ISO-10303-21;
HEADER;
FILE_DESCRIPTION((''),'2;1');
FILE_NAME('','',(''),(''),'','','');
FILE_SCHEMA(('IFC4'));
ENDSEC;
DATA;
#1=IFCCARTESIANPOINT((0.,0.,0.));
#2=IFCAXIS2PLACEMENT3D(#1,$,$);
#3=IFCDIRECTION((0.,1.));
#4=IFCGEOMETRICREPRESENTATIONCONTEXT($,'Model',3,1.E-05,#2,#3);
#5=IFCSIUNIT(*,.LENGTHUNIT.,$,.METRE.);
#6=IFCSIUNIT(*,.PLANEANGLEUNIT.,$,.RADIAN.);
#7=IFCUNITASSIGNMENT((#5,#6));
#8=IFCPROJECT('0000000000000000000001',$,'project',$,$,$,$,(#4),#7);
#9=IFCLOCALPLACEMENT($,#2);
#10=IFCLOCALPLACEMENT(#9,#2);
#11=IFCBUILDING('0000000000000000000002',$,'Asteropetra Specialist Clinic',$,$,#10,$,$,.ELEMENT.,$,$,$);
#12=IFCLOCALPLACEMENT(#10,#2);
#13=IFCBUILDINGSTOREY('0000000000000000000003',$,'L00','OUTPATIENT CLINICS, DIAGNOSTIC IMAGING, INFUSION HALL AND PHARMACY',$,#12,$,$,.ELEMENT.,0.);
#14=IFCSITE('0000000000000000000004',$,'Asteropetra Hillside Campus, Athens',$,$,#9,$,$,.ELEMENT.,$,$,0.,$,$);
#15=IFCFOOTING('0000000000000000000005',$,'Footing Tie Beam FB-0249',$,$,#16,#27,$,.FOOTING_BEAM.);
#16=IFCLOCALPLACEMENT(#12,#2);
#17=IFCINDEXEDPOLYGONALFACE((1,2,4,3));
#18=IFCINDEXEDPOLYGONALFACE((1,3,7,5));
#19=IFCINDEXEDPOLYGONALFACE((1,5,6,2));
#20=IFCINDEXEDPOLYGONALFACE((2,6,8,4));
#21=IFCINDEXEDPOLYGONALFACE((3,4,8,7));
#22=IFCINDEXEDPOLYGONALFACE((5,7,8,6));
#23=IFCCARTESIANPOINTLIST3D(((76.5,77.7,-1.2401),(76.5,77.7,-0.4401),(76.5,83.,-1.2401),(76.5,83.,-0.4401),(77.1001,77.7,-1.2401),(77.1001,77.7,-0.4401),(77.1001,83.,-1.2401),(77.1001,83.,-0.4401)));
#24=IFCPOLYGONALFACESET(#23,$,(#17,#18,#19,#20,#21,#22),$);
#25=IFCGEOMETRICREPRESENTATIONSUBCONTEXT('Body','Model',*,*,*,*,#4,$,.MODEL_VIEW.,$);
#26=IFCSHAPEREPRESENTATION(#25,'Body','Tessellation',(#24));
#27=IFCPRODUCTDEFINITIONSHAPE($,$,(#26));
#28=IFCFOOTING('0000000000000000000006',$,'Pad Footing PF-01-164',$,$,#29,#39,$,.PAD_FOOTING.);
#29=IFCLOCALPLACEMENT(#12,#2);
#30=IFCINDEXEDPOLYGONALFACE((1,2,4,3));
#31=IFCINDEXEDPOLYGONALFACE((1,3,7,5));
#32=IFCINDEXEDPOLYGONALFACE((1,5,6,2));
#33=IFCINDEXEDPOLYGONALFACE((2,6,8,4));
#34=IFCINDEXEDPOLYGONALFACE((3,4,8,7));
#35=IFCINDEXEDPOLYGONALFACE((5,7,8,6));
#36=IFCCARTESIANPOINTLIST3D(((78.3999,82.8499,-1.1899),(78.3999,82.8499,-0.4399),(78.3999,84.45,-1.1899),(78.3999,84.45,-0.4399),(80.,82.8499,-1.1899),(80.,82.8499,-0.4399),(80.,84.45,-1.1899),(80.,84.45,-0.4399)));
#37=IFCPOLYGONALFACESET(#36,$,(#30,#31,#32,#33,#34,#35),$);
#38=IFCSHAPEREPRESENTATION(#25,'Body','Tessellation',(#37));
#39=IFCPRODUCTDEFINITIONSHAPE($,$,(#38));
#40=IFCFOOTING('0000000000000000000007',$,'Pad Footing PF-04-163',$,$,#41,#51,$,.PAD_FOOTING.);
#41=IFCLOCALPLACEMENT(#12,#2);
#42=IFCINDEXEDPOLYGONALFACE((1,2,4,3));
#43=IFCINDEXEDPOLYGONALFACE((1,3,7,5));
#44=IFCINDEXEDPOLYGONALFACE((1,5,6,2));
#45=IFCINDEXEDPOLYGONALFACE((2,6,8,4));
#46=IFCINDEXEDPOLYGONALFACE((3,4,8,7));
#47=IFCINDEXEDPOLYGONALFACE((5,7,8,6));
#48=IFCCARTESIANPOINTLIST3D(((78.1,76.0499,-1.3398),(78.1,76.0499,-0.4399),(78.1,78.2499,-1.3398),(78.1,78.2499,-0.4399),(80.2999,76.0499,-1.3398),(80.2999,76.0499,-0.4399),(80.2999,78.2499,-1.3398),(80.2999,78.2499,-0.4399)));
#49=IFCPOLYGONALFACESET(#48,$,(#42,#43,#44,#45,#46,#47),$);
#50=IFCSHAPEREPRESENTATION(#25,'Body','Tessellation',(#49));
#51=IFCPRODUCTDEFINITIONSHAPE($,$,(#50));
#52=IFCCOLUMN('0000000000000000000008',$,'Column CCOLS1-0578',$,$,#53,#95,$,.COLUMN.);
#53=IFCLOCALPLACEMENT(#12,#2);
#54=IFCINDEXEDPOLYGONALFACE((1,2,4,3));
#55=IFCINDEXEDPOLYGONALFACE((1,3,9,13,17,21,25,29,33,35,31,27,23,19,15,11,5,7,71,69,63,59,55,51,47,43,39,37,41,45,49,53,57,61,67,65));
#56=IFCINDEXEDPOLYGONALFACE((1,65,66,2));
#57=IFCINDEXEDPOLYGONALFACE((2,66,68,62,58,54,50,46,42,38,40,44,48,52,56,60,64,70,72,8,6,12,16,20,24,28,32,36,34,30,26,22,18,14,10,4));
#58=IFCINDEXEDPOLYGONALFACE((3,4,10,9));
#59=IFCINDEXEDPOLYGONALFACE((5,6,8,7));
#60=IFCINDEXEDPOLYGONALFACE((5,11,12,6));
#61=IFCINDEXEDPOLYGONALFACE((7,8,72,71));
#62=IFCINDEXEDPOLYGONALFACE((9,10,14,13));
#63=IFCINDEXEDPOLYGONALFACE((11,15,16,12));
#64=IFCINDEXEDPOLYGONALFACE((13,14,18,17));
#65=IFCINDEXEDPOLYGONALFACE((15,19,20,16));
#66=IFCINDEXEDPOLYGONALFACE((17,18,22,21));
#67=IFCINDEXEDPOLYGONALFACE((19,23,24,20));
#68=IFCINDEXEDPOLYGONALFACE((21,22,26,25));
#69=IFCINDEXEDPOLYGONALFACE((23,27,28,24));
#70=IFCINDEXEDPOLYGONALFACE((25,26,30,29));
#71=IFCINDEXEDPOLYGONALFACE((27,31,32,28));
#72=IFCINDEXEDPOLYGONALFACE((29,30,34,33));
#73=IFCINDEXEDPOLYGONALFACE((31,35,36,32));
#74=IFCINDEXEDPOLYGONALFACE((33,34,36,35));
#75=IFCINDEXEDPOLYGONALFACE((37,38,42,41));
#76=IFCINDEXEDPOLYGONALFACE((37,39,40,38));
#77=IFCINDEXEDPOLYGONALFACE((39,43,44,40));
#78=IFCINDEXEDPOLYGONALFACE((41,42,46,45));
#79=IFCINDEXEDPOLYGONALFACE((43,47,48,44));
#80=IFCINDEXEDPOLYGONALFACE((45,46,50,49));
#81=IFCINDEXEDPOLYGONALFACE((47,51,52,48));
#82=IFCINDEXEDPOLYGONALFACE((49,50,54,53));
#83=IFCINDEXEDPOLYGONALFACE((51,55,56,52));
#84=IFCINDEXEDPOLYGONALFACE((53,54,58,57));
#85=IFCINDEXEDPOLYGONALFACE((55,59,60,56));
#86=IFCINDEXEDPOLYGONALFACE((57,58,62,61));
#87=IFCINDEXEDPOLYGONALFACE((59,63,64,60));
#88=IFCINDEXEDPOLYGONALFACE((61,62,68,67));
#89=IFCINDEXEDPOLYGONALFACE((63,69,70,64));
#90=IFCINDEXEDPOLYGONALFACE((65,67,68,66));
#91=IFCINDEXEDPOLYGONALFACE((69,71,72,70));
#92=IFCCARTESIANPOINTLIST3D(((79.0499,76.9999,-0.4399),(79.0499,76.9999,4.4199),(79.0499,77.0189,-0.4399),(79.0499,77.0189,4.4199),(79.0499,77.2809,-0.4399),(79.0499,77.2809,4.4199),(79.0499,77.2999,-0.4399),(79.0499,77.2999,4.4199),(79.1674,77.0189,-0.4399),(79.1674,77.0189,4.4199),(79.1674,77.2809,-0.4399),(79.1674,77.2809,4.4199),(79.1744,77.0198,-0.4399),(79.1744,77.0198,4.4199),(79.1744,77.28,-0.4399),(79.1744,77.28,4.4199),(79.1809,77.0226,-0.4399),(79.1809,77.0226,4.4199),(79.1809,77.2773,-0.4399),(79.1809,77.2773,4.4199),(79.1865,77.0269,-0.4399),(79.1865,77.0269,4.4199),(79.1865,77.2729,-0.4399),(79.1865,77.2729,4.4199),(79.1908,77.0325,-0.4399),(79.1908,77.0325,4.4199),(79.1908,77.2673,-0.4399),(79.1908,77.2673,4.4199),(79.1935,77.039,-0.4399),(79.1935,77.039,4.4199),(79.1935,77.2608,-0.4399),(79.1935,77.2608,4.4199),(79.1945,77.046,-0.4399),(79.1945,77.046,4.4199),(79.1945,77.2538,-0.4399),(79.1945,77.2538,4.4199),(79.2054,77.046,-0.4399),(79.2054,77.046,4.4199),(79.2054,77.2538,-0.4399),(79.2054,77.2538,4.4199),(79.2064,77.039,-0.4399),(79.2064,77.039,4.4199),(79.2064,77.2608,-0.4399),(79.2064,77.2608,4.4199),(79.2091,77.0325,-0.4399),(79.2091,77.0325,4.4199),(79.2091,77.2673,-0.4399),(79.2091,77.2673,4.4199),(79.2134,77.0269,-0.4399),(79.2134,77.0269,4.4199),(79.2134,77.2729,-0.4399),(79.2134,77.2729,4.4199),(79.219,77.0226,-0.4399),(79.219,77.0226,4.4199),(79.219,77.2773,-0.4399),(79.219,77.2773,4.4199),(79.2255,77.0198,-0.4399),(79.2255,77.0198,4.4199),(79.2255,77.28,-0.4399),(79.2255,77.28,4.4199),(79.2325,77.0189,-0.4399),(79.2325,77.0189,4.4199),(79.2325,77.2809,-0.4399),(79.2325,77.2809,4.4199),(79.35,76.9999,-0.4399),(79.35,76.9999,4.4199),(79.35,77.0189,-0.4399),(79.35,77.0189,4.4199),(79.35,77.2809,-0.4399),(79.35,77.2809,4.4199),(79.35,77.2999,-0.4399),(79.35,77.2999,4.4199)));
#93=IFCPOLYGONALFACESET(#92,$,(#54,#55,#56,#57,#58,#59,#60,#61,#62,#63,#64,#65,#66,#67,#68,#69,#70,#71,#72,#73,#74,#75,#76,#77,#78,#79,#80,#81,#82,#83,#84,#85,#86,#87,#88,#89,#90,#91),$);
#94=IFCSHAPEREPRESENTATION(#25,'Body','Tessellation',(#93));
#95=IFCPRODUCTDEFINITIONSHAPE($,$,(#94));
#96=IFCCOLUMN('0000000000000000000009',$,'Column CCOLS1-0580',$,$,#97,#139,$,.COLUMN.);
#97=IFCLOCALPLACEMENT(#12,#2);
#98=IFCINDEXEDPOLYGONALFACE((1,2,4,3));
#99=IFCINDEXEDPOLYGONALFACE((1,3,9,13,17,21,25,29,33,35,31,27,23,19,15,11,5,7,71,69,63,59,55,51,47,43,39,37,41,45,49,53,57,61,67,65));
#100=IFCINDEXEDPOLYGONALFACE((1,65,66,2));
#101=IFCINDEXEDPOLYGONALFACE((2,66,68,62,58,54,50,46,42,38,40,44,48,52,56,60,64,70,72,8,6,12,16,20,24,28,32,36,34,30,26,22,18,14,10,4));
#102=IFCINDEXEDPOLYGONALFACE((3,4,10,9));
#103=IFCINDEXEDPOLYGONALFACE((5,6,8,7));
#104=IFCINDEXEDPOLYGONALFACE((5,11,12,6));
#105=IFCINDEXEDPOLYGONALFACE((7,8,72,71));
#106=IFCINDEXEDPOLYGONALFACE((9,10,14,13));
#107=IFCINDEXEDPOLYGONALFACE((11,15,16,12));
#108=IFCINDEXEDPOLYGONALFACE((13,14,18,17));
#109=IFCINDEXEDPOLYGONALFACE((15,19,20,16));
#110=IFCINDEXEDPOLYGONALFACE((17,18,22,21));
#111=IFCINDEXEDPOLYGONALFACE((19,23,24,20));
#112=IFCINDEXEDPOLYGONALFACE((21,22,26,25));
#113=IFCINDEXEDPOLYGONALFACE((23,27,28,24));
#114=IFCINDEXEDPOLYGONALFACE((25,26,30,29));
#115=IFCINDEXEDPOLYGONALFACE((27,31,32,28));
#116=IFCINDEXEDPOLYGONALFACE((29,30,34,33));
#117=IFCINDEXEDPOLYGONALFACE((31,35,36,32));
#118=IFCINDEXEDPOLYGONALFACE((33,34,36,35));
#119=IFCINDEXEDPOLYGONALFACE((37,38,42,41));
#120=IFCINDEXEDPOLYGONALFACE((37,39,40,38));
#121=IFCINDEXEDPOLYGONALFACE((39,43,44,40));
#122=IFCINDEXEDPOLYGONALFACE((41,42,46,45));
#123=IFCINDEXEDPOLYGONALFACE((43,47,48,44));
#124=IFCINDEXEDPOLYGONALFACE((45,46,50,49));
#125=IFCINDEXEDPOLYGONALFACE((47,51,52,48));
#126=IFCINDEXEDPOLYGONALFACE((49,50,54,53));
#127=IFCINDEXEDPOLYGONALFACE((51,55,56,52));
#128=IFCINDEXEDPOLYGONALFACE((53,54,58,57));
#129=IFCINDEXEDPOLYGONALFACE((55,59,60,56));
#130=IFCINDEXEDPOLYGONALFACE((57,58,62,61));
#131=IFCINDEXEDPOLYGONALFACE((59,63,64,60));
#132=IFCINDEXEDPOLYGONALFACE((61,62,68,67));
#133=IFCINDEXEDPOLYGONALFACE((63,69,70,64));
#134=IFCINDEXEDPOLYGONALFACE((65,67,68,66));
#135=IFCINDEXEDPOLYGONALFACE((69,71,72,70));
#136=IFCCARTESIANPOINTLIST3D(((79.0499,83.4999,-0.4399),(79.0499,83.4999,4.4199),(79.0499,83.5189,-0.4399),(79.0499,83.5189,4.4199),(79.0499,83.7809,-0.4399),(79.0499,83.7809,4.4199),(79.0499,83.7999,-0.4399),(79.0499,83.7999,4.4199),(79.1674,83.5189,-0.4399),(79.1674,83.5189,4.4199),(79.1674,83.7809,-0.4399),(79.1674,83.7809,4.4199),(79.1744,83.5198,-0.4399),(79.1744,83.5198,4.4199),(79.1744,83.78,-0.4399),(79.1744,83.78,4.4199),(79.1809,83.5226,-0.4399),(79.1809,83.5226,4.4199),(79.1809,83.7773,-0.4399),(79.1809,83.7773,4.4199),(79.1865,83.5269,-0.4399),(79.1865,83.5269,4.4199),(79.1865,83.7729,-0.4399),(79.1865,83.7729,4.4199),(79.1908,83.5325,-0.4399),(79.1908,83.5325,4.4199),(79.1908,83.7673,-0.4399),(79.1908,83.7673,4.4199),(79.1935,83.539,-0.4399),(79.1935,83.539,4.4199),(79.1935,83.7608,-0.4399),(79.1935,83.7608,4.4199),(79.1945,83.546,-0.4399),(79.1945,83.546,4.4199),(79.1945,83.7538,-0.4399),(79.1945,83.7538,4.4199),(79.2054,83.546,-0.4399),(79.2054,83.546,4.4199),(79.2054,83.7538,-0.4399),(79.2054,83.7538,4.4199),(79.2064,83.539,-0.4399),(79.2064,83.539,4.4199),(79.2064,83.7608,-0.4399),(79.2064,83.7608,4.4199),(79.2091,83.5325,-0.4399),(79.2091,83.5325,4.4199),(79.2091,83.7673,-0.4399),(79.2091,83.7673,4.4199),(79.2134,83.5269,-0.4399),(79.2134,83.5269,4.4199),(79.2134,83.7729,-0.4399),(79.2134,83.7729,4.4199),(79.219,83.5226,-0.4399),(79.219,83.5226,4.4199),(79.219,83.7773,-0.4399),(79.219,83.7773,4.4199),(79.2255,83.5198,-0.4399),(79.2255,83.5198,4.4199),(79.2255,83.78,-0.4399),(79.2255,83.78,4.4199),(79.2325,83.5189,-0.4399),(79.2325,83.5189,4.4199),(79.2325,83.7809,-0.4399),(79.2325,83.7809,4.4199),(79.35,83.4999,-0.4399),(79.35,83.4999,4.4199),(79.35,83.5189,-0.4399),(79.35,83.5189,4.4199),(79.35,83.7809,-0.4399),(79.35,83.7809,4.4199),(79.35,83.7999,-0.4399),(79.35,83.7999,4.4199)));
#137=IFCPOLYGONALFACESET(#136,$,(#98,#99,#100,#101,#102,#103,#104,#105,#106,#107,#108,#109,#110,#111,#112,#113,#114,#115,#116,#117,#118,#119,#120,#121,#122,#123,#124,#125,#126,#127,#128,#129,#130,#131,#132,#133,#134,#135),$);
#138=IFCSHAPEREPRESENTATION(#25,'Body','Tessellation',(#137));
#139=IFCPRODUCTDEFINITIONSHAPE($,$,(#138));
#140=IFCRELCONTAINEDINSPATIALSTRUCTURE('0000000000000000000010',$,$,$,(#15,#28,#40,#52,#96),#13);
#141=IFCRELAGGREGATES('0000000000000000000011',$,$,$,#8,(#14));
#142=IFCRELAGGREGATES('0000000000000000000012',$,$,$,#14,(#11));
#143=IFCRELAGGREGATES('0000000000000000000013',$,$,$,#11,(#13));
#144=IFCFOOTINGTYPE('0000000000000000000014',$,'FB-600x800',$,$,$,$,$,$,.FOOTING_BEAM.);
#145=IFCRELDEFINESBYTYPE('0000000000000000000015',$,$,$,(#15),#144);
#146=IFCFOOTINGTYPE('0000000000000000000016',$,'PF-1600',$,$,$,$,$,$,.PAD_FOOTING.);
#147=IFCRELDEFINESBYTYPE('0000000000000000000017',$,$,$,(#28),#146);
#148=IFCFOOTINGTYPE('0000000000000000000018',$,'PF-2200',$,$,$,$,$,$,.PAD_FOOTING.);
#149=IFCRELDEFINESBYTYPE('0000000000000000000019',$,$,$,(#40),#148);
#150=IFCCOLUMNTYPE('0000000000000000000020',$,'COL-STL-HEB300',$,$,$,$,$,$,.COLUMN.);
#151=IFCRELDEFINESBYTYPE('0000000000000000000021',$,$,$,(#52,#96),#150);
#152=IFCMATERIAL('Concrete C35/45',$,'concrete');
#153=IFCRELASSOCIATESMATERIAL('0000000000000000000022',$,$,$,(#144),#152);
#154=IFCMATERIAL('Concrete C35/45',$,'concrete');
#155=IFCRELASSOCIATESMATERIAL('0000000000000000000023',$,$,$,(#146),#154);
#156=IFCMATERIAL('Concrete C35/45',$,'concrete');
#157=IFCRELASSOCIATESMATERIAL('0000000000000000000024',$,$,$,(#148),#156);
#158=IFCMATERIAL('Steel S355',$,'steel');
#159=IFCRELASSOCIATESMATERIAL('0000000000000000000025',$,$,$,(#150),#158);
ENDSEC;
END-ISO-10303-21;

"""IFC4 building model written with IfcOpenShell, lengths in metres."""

from ifc_helpers import new_model, si_unit, direction, frame, origin, origin_2d, place, context, subcontext, project, spatial, rectangle, i_section, extrude, material, material_profile, profile_set, type_object, element, save


model = new_model("IFC4")

# Units and contexts
model_context = context("Model", 3, precision=1e-05, world=origin(), true_north=direction((0.0, 1.0)))
body_context = subcontext(model_context, "Body", "Model", "MODEL_VIEW")
ifc_project = project(units=[si_unit("LENGTHUNIT", "METRE"), si_unit("PLANEANGLEUNIT", "RADIAN")], contexts=[model_context])

# Site, building, storey
site_placement = place(None, origin())
site = spatial("IfcSite", under=ifc_project, at=site_placement, Name="Asteropetra Hillside Campus, Athens", CompositionType="ELEMENT", RefElevation=0.0)
building_placement = place(site_placement, origin())
building = spatial("IfcBuilding", under=site, at=building_placement, Name="Asteropetra Specialist Clinic", CompositionType="ELEMENT")
storey_placement = place(building_placement, origin())
storey = spatial("IfcBuildingStorey", under=building, at=storey_placement, Name="L00", Description="OUTPATIENT CLINICS, DIAGNOSTIC IMAGING, INFUSION HALL AND PHARMACY", CompositionType="ELEMENT", Elevation=0.0)

# Footings
ifc_material_1 = material(Name="Concrete C35/45", Category="concrete")
ifc_material_profile_1 = material_profile(ifc_material_1, rectangle(XDim=0.6001, YDim=0.8, at=origin_2d()), Name="FB 600x800")
ifc_profile_set_1 = profile_set([ifc_material_profile_1], Name="Concrete C35/45")
footing_type_1 = type_object("IfcFootingType", Name="FB-600x800", PredefinedType="FOOTING_BEAM", material=ifc_profile_set_1)
footing_1_placement = place(storey_placement, frame((76.8, 77.7, -0.8401), z_axis=(0.0, 1.0, 0.0), x_axis=(-1.0, 0.0, 0.0)))
element("IfcFooting", 1, at=footing_1_placement, inside=storey, type_object=footing_type_1, Name="Footing Tie Beam FB-0249", PredefinedType="FOOTING_BEAM", context=body_context, shape_type="SweptSolid", body=[
    extrude(rectangle(XDim=0.6001, YDim=0.8, at=origin_2d()), origin(), (0.0, 0.0, 1.0), 5.3),
])
ifc_material_2 = material(Name="Concrete C35/45", Category="concrete")
footing_type_2 = type_object("IfcFootingType", Name="PF-1600", PredefinedType="PAD_FOOTING", material=ifc_material_2)
footing_2_placement = place(storey_placement, frame((79.2, 83.6499, -1.1899), z_axis=(0.0, 0.0, 1.0), x_axis=(1.0, 0.0, 0.0)))
element("IfcFooting", 2, at=footing_2_placement, inside=storey, type_object=footing_type_2, Name="Pad Footing PF-01-164", PredefinedType="PAD_FOOTING", context=body_context, shape_type="SweptSolid", body=[
    extrude(rectangle(XDim=1.6001, YDim=1.6001, at=origin_2d()), origin(), (0.0, 0.0, 1.0), 0.75),
])
ifc_material_3 = material(Name="Concrete C35/45", Category="concrete")
footing_type_3 = type_object("IfcFootingType", Name="PF-2200", PredefinedType="PAD_FOOTING", material=ifc_material_3)
footing_3_placement = place(storey_placement, frame((79.2, 77.1499, -1.3398), z_axis=(0.0, 0.0, 1.0), x_axis=(1.0, 0.0, 0.0)))
element("IfcFooting", 3, at=footing_3_placement, inside=storey, type_object=footing_type_3, Name="Pad Footing PF-04-163", PredefinedType="PAD_FOOTING", context=body_context, shape_type="SweptSolid", body=[
    extrude(rectangle(XDim=2.2, YDim=2.2, at=origin_2d()), origin(), (0.0, 0.0, 1.0), 0.8999),
])

# Columns
ifc_material_4 = material(Name="Steel S355", Category="steel")
ifc_material_profile_2 = material_profile(ifc_material_4, i_section(OverallWidth=0.3, OverallDepth=0.3, WebThickness=0.011, FlangeThickness=0.019, FilletRadius=0.0271, at=origin_2d()), Name="HEB 300")
ifc_profile_set_2 = profile_set([ifc_material_profile_2], Name="Steel S355")
column_type = type_object("IfcColumnType", Name="COL-STL-HEB300", PredefinedType="COLUMN", material=ifc_profile_set_2)
for number, where, z_axis, x_axis, name in (
    (4, (79.2, 77.1499, -0.4399), (0.0, 0.0, 1.0), (1.0, 0.0, 0.0), "Column CCOLS1-0578"),
    (5, (79.2, 83.6499, -0.4399), (0.0, 0.0, 1.0), (1.0, 0.0, 0.0), "Column CCOLS1-0580"),
):
    element("IfcColumn", number, at=place(storey_placement, frame(where, z_axis=z_axis, x_axis=x_axis)), inside=storey, type_object=column_type, Name=name, PredefinedType="COLUMN", context=body_context, shape_type="SweptSolid", body=[
        extrude(i_section(OverallWidth=0.3, OverallDepth=0.3, WebThickness=0.011, FlangeThickness=0.019, FilletRadius=0.0271, at=origin_2d()), origin(), (0.0, 0.0, 1.0), 4.8599),
    ])

save(model, "model.ifc")
